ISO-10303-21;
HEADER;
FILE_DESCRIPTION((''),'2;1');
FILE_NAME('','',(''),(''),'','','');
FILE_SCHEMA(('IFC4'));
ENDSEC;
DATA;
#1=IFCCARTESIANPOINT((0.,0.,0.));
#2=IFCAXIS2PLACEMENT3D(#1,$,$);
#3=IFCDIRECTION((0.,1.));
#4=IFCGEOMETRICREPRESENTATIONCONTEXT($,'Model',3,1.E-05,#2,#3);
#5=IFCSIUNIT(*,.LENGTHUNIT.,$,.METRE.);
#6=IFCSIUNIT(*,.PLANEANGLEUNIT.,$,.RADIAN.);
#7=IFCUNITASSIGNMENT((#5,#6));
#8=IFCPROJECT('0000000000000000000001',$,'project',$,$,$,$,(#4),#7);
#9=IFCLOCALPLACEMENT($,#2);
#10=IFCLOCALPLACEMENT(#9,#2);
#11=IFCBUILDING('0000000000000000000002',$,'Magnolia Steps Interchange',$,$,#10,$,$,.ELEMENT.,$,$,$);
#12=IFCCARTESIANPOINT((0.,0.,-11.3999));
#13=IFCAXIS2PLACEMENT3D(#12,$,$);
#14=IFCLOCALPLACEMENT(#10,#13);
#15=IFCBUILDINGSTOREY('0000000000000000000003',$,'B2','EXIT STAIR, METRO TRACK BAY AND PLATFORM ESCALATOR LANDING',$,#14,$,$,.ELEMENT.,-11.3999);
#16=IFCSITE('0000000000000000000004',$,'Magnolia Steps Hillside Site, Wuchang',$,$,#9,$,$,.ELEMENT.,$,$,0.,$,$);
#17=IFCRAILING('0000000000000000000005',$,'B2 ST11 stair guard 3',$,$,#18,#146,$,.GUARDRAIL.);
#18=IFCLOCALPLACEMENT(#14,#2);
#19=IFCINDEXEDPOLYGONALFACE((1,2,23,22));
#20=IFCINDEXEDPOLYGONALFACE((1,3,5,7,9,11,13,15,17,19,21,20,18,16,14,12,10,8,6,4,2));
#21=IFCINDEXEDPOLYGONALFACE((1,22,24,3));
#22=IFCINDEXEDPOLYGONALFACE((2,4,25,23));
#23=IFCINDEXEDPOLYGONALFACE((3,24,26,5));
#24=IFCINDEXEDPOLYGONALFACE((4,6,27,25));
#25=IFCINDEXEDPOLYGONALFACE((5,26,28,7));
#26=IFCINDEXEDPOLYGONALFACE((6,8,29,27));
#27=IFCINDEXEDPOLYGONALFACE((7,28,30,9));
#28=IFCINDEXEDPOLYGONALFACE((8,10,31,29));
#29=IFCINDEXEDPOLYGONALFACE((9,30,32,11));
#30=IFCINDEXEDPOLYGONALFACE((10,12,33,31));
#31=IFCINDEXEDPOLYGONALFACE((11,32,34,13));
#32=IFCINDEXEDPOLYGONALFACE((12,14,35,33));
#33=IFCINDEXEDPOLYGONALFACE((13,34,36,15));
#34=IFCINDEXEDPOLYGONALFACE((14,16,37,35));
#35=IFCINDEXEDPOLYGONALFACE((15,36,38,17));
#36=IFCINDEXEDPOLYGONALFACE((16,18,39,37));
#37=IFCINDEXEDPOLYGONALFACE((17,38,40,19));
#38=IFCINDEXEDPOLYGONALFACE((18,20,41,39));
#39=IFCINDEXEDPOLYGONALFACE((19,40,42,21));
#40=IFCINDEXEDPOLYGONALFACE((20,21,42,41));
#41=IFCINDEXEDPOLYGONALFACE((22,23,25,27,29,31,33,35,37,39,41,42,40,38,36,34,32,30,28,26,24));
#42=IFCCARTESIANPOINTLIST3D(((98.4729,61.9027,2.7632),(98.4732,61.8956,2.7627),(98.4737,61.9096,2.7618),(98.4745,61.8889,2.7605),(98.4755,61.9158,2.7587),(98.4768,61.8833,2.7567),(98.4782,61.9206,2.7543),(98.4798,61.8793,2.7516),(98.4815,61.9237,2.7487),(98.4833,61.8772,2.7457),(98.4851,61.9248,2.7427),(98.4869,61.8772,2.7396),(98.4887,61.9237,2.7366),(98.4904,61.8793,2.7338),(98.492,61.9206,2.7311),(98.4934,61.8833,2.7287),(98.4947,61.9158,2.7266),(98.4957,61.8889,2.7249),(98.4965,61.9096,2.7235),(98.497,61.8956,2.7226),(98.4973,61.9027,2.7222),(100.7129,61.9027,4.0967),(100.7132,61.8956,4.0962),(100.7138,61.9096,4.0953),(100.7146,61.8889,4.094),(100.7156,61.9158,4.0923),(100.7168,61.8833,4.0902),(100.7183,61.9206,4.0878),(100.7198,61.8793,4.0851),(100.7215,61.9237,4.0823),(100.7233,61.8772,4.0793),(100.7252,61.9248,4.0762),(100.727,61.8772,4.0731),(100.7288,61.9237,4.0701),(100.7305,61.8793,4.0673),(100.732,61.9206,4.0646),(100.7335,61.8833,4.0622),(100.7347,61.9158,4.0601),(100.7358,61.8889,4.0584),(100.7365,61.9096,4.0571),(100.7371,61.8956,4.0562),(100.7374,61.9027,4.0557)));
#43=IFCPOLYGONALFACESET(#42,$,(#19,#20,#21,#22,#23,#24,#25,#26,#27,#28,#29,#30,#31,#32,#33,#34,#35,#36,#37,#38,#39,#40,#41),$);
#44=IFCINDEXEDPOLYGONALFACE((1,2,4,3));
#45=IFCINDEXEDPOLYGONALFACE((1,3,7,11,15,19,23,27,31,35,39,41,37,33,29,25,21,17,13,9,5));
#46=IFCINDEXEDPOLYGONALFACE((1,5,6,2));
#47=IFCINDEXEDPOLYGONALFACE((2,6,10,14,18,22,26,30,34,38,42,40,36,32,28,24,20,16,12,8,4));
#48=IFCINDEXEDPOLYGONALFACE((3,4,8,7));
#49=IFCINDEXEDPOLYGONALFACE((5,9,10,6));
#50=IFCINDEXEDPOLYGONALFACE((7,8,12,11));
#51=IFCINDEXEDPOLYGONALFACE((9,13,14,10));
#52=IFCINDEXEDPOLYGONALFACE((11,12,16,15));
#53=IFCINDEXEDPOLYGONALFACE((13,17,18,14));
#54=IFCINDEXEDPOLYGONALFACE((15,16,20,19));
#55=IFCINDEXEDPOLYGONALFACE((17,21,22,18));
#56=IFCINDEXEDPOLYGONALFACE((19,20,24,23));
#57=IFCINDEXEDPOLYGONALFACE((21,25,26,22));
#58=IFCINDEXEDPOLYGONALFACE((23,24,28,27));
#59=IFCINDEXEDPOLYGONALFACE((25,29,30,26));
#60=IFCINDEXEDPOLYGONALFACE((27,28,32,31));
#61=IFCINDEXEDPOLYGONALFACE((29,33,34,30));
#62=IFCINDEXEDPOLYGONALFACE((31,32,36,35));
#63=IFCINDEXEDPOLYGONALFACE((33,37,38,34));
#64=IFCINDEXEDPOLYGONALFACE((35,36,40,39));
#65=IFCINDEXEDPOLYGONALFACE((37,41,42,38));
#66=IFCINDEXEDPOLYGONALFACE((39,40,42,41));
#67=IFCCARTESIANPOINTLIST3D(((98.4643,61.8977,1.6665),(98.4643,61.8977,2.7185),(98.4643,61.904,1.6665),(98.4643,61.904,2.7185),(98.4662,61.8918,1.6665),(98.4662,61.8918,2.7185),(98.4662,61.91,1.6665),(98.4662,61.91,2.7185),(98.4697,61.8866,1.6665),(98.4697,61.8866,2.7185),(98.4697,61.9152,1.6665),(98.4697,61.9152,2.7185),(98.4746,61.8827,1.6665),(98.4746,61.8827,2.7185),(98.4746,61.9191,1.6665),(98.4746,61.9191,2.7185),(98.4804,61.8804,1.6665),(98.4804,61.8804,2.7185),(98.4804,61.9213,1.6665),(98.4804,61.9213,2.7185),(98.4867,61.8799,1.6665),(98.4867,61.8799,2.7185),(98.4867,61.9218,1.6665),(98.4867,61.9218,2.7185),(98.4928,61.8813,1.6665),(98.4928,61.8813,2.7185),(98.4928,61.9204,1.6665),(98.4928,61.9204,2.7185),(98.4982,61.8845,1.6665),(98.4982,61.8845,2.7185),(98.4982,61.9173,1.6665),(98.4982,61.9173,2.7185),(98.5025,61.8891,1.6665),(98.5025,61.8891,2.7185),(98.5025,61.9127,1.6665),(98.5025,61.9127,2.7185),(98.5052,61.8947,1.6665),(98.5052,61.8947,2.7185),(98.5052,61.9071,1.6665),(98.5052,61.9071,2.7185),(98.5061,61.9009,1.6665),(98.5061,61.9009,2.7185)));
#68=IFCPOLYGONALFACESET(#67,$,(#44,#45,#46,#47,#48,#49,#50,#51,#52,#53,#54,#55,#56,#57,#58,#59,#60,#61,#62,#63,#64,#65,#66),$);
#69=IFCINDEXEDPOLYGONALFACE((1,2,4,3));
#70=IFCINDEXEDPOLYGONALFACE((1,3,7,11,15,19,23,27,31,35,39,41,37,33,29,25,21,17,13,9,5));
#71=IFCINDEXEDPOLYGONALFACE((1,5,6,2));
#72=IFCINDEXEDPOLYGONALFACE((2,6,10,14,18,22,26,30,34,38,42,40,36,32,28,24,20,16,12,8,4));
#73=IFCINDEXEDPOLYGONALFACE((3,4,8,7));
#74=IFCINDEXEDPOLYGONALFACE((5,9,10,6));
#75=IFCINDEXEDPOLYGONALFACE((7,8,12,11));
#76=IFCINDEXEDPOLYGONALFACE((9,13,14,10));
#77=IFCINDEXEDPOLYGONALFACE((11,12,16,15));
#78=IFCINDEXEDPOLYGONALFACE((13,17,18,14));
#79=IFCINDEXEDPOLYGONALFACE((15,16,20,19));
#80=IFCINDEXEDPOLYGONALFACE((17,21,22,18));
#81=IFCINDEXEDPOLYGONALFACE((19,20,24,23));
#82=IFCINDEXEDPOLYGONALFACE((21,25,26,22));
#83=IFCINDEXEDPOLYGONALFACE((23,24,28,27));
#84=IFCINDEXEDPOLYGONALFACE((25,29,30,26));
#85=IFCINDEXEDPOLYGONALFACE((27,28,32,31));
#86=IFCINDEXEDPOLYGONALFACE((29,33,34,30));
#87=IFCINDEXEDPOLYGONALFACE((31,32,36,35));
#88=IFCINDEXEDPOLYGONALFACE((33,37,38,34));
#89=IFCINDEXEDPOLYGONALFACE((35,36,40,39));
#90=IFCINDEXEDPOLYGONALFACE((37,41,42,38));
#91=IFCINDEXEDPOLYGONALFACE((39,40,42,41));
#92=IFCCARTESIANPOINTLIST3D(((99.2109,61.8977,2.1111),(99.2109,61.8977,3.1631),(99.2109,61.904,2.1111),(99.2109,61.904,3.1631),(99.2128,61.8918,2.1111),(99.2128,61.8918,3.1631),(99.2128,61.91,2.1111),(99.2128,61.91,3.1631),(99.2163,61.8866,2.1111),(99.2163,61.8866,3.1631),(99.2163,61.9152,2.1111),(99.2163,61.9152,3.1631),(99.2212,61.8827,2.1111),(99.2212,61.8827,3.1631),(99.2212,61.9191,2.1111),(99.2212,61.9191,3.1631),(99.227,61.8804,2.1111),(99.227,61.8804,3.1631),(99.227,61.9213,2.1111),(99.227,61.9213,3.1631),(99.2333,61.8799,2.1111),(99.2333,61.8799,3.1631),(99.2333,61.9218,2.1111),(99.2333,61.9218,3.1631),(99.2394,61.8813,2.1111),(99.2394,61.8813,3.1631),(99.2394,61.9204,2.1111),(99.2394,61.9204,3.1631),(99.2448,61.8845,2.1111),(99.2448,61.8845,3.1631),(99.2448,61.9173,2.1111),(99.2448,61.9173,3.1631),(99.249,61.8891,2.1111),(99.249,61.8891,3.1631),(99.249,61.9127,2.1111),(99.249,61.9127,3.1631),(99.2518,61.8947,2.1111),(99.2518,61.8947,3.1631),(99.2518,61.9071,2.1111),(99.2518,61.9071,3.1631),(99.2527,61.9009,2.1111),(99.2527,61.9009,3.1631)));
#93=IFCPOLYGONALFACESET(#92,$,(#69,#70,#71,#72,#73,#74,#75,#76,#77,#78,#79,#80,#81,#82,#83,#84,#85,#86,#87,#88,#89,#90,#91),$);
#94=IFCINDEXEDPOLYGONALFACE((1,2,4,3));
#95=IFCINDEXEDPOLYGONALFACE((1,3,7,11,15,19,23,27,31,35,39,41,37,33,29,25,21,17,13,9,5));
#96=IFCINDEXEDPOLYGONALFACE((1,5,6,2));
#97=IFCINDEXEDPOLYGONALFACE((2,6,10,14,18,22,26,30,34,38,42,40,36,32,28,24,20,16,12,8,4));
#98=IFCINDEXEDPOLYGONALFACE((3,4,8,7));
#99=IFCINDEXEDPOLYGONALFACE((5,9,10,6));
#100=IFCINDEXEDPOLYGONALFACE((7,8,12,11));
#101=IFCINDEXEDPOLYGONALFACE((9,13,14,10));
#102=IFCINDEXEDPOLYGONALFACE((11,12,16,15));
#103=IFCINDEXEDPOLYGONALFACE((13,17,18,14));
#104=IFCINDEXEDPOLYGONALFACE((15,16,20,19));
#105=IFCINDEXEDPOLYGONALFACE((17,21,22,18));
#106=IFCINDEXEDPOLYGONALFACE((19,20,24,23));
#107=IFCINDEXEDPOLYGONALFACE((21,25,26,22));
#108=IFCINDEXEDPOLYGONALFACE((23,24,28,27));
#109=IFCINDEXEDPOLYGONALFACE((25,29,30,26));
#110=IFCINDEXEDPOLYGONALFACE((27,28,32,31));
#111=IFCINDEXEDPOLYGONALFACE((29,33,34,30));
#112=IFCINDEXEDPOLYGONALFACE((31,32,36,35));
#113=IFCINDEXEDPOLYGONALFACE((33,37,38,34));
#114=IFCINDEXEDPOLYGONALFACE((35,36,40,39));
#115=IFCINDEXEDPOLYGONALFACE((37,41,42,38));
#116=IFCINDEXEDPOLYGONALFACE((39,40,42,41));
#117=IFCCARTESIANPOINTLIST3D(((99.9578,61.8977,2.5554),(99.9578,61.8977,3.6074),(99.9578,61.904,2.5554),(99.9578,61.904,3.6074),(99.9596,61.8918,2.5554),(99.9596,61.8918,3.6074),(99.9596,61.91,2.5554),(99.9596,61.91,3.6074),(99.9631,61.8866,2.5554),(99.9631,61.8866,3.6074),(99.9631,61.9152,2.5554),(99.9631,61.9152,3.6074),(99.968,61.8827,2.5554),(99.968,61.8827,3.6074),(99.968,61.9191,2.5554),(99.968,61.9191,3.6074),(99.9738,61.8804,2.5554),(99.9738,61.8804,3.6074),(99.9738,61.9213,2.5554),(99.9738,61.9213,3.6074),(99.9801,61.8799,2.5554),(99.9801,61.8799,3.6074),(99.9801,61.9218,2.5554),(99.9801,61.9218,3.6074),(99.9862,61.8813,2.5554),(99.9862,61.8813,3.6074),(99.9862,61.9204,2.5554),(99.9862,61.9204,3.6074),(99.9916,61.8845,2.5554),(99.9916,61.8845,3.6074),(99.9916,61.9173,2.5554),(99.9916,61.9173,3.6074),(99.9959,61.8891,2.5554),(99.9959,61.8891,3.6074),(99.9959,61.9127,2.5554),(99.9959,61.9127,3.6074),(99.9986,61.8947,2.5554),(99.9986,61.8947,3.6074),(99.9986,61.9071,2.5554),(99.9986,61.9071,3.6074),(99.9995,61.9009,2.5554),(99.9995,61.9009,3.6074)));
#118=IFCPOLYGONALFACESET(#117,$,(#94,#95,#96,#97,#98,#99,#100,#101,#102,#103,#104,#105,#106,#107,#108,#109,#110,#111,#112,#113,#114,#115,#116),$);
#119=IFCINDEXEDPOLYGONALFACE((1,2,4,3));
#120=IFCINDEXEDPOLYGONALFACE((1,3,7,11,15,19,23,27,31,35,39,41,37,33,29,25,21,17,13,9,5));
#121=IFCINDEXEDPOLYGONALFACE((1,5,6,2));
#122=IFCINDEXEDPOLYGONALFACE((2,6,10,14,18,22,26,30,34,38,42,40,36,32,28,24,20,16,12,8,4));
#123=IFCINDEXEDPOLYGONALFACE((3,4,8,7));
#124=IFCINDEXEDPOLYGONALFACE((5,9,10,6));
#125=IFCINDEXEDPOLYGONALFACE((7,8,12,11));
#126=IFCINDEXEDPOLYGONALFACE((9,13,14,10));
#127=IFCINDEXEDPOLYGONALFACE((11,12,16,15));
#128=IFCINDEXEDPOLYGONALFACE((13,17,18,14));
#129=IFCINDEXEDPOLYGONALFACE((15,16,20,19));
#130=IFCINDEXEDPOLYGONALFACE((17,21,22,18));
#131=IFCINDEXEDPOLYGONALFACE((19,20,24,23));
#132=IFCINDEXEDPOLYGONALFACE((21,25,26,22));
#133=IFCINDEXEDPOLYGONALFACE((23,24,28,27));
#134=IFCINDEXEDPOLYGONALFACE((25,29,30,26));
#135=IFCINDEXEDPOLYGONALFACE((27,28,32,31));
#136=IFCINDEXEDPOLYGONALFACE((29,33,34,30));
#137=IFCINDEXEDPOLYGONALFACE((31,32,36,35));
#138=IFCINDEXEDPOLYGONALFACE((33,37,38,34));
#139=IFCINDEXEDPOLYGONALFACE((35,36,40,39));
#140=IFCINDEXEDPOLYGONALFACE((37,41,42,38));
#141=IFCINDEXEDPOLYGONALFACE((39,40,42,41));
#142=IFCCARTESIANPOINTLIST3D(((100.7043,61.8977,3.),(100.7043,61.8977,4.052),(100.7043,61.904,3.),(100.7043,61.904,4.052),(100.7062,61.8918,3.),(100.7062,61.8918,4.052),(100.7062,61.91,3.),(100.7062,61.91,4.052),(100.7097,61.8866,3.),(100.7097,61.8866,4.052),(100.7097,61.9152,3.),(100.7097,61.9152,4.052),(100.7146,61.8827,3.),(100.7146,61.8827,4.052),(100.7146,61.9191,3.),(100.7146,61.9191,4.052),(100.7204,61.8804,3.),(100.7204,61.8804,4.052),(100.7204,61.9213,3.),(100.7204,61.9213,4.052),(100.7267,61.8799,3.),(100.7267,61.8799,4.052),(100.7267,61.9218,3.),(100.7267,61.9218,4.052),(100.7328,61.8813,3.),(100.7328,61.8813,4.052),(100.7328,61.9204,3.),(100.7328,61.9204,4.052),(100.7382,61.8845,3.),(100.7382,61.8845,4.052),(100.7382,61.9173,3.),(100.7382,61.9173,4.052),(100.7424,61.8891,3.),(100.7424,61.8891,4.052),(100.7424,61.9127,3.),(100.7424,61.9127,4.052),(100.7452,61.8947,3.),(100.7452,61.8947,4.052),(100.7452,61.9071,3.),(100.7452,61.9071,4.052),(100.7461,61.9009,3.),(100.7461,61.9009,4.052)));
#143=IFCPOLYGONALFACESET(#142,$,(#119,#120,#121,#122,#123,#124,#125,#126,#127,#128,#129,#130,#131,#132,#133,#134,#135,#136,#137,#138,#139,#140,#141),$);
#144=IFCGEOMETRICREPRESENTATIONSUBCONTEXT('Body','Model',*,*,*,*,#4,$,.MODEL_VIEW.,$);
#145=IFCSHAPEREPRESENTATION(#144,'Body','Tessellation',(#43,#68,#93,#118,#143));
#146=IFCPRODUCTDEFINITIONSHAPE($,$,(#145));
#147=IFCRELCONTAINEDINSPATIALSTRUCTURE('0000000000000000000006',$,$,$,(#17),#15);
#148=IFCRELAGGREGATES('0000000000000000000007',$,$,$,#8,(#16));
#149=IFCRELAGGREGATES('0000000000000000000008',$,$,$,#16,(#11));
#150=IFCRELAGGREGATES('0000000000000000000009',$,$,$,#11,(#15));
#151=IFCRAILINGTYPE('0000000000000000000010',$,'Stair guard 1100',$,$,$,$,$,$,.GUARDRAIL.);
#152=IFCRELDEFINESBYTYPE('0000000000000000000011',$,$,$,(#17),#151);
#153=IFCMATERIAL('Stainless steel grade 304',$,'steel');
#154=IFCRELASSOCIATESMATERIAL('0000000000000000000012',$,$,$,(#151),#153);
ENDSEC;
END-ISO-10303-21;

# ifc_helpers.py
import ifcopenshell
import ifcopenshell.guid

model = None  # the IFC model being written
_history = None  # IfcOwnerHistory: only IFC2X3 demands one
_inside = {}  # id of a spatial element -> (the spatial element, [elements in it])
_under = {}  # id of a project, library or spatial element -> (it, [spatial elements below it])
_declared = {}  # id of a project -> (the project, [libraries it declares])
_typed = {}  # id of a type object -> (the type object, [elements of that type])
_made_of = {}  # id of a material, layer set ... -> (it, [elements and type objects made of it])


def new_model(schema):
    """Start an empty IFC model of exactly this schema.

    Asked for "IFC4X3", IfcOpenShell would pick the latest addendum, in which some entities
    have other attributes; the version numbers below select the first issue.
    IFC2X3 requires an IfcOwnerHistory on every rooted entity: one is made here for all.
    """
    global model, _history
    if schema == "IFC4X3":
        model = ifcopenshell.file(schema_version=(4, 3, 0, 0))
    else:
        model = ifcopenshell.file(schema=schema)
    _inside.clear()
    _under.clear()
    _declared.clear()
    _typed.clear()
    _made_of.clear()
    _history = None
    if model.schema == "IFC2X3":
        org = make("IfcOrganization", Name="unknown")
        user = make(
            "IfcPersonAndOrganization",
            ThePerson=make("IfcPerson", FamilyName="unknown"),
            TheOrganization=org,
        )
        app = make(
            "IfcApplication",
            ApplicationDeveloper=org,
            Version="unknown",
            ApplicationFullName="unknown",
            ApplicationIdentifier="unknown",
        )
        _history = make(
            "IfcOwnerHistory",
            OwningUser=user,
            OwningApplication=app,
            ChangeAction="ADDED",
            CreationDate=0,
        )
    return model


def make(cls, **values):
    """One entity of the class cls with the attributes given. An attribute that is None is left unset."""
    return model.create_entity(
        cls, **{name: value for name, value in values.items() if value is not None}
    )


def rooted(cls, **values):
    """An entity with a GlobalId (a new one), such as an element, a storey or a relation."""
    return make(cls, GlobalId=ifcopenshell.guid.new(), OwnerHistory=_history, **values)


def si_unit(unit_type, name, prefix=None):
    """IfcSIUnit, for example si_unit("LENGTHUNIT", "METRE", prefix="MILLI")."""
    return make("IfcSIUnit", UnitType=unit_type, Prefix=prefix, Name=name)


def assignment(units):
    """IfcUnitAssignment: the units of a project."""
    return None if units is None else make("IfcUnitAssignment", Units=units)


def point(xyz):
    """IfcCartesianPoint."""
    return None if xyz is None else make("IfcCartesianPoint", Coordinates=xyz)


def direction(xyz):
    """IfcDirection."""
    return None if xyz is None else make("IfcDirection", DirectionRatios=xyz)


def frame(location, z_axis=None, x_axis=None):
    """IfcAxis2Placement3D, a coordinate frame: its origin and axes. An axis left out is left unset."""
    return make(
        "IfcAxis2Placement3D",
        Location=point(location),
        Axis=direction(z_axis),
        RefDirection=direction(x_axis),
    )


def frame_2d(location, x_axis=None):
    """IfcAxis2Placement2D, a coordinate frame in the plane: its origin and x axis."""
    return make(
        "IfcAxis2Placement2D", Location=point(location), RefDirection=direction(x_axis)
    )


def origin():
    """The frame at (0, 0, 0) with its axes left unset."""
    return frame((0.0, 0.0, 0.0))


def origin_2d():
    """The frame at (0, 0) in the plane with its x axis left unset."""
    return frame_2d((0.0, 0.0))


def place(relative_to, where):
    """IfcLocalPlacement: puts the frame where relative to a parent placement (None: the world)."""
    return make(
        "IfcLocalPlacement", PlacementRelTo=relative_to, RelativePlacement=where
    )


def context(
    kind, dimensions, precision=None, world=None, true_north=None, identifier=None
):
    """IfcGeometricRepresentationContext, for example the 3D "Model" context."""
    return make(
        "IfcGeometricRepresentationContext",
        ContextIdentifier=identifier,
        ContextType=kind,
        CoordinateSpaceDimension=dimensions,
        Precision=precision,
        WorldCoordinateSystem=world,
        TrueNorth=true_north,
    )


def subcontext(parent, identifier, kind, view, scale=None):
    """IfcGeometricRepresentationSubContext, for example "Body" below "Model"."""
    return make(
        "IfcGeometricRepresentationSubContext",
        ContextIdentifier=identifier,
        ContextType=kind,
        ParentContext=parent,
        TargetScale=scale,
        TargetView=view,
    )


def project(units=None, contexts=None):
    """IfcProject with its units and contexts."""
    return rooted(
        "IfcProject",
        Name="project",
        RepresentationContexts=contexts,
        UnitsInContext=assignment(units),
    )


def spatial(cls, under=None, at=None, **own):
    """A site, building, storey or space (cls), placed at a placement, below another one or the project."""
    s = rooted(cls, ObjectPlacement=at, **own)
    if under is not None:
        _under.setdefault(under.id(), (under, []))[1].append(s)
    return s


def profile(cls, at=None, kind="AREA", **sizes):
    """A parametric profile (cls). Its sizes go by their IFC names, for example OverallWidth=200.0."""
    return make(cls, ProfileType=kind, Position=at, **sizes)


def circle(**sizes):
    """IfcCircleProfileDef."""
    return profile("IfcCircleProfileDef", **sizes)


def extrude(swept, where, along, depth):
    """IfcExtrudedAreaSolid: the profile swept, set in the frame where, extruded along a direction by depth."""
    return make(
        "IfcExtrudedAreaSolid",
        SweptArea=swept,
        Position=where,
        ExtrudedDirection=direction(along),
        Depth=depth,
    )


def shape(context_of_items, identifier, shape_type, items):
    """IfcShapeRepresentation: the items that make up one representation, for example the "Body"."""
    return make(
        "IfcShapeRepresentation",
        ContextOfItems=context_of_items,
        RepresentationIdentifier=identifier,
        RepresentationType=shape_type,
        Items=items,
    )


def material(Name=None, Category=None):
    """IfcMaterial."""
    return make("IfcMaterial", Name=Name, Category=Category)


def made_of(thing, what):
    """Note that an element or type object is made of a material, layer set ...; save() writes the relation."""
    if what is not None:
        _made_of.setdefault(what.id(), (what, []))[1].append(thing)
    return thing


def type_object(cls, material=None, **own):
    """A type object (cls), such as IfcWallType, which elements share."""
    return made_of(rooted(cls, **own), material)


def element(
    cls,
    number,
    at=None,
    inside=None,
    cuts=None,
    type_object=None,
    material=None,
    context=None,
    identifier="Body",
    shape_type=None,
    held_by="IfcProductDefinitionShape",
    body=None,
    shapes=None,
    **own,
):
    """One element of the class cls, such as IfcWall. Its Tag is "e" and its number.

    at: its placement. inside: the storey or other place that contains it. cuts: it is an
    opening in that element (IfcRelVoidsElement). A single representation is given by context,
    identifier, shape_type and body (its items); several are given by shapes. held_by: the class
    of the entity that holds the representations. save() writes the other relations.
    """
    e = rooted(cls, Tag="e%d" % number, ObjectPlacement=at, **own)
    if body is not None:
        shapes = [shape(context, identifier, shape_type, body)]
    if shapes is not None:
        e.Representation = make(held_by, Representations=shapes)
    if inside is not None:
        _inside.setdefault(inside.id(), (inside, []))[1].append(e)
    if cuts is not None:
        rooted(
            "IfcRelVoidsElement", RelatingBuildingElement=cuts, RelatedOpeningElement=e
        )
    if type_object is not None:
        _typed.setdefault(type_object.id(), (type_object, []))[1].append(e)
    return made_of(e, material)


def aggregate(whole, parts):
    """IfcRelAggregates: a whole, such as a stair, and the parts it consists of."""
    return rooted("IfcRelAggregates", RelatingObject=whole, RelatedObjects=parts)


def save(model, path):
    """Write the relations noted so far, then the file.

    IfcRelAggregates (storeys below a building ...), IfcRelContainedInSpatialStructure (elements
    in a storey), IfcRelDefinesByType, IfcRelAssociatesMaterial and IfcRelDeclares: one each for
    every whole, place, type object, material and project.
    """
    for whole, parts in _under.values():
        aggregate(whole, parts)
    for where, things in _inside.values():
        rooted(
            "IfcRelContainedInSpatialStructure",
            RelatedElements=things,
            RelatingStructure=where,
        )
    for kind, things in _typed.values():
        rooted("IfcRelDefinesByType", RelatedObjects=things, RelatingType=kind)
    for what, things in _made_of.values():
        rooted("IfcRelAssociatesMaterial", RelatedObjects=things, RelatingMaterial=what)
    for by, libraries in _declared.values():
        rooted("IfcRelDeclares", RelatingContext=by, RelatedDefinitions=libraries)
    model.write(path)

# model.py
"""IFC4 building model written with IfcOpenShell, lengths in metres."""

from ifc_helpers import new_model, si_unit, direction, frame, origin, origin_2d, place, context, subcontext, project, spatial, circle, extrude, material, type_object, element, save


model = new_model("IFC4")

# Units and contexts
model_context = context("Model", 3, precision=1e-05, world=origin(), true_north=direction((0.0, 1.0)))
body_context = subcontext(model_context, "Body", "Model", "MODEL_VIEW")
ifc_project = project(units=[si_unit("LENGTHUNIT", "METRE"), si_unit("PLANEANGLEUNIT", "RADIAN")], contexts=[model_context])

# Site, building, storey
site_placement = place(None, origin())
site = spatial("IfcSite", under=ifc_project, at=site_placement, Name="Magnolia Steps Hillside Site, Wuchang", CompositionType="ELEMENT", RefElevation=0.0)
building_placement = place(site_placement, origin())
building = spatial("IfcBuilding", under=site, at=building_placement, Name="Magnolia Steps Interchange", CompositionType="ELEMENT")
storey_placement = place(building_placement, frame((0.0, 0.0, -11.3999)))
storey = spatial("IfcBuildingStorey", under=building, at=storey_placement, Name="B2", Description="EXIT STAIR, METRO TRACK BAY AND PLATFORM ESCALATOR LANDING", CompositionType="ELEMENT", Elevation=-11.3999)

# Railing
ifc_material_1 = material(Name="Stainless steel grade 304", Category="steel")
railing_type_1 = type_object("IfcRailingType", Name="Stair guard 1100", PredefinedType="GUARDRAIL", material=ifc_material_1)
railing_1_placement = place(storey_placement, frame((98.4851, 61.9009, 1.6665)))
element("IfcRailing", 1, at=railing_1_placement, inside=storey, type_object=railing_type_1, Name="B2 ST11 stair guard 3", PredefinedType="GUARDRAIL", context=body_context, shape_type="SweptSolid", body=[
    extrude(circle(Radius=0.0239, at=origin_2d()), frame((0.0, 0.0, 1.0762), z_axis=(0.859264, 0.0, 0.511532), x_axis=(0.0, 1.0, 0.0)), (0.0, 0.0, 1.0), 2.6069),
    extrude(circle(Radius=0.021, at=origin_2d()), origin(), (0.0, 0.0, 1.0), 1.052),
    extrude(circle(Radius=0.021, at=origin_2d()), frame((0.7466, 0.0, 0.4446)), (0.0, 0.0, 1.0), 1.052),
    extrude(circle(Radius=0.021, at=origin_2d()), frame((1.4934, 0.0, 0.8889)), (0.0, 0.0, 1.0), 1.052),
    extrude(circle(Radius=0.021, at=origin_2d()), frame((2.24, 0.0, 1.3335)), (0.0, 0.0, 1.0), 1.052),
])

save(model, "model.ifc")
